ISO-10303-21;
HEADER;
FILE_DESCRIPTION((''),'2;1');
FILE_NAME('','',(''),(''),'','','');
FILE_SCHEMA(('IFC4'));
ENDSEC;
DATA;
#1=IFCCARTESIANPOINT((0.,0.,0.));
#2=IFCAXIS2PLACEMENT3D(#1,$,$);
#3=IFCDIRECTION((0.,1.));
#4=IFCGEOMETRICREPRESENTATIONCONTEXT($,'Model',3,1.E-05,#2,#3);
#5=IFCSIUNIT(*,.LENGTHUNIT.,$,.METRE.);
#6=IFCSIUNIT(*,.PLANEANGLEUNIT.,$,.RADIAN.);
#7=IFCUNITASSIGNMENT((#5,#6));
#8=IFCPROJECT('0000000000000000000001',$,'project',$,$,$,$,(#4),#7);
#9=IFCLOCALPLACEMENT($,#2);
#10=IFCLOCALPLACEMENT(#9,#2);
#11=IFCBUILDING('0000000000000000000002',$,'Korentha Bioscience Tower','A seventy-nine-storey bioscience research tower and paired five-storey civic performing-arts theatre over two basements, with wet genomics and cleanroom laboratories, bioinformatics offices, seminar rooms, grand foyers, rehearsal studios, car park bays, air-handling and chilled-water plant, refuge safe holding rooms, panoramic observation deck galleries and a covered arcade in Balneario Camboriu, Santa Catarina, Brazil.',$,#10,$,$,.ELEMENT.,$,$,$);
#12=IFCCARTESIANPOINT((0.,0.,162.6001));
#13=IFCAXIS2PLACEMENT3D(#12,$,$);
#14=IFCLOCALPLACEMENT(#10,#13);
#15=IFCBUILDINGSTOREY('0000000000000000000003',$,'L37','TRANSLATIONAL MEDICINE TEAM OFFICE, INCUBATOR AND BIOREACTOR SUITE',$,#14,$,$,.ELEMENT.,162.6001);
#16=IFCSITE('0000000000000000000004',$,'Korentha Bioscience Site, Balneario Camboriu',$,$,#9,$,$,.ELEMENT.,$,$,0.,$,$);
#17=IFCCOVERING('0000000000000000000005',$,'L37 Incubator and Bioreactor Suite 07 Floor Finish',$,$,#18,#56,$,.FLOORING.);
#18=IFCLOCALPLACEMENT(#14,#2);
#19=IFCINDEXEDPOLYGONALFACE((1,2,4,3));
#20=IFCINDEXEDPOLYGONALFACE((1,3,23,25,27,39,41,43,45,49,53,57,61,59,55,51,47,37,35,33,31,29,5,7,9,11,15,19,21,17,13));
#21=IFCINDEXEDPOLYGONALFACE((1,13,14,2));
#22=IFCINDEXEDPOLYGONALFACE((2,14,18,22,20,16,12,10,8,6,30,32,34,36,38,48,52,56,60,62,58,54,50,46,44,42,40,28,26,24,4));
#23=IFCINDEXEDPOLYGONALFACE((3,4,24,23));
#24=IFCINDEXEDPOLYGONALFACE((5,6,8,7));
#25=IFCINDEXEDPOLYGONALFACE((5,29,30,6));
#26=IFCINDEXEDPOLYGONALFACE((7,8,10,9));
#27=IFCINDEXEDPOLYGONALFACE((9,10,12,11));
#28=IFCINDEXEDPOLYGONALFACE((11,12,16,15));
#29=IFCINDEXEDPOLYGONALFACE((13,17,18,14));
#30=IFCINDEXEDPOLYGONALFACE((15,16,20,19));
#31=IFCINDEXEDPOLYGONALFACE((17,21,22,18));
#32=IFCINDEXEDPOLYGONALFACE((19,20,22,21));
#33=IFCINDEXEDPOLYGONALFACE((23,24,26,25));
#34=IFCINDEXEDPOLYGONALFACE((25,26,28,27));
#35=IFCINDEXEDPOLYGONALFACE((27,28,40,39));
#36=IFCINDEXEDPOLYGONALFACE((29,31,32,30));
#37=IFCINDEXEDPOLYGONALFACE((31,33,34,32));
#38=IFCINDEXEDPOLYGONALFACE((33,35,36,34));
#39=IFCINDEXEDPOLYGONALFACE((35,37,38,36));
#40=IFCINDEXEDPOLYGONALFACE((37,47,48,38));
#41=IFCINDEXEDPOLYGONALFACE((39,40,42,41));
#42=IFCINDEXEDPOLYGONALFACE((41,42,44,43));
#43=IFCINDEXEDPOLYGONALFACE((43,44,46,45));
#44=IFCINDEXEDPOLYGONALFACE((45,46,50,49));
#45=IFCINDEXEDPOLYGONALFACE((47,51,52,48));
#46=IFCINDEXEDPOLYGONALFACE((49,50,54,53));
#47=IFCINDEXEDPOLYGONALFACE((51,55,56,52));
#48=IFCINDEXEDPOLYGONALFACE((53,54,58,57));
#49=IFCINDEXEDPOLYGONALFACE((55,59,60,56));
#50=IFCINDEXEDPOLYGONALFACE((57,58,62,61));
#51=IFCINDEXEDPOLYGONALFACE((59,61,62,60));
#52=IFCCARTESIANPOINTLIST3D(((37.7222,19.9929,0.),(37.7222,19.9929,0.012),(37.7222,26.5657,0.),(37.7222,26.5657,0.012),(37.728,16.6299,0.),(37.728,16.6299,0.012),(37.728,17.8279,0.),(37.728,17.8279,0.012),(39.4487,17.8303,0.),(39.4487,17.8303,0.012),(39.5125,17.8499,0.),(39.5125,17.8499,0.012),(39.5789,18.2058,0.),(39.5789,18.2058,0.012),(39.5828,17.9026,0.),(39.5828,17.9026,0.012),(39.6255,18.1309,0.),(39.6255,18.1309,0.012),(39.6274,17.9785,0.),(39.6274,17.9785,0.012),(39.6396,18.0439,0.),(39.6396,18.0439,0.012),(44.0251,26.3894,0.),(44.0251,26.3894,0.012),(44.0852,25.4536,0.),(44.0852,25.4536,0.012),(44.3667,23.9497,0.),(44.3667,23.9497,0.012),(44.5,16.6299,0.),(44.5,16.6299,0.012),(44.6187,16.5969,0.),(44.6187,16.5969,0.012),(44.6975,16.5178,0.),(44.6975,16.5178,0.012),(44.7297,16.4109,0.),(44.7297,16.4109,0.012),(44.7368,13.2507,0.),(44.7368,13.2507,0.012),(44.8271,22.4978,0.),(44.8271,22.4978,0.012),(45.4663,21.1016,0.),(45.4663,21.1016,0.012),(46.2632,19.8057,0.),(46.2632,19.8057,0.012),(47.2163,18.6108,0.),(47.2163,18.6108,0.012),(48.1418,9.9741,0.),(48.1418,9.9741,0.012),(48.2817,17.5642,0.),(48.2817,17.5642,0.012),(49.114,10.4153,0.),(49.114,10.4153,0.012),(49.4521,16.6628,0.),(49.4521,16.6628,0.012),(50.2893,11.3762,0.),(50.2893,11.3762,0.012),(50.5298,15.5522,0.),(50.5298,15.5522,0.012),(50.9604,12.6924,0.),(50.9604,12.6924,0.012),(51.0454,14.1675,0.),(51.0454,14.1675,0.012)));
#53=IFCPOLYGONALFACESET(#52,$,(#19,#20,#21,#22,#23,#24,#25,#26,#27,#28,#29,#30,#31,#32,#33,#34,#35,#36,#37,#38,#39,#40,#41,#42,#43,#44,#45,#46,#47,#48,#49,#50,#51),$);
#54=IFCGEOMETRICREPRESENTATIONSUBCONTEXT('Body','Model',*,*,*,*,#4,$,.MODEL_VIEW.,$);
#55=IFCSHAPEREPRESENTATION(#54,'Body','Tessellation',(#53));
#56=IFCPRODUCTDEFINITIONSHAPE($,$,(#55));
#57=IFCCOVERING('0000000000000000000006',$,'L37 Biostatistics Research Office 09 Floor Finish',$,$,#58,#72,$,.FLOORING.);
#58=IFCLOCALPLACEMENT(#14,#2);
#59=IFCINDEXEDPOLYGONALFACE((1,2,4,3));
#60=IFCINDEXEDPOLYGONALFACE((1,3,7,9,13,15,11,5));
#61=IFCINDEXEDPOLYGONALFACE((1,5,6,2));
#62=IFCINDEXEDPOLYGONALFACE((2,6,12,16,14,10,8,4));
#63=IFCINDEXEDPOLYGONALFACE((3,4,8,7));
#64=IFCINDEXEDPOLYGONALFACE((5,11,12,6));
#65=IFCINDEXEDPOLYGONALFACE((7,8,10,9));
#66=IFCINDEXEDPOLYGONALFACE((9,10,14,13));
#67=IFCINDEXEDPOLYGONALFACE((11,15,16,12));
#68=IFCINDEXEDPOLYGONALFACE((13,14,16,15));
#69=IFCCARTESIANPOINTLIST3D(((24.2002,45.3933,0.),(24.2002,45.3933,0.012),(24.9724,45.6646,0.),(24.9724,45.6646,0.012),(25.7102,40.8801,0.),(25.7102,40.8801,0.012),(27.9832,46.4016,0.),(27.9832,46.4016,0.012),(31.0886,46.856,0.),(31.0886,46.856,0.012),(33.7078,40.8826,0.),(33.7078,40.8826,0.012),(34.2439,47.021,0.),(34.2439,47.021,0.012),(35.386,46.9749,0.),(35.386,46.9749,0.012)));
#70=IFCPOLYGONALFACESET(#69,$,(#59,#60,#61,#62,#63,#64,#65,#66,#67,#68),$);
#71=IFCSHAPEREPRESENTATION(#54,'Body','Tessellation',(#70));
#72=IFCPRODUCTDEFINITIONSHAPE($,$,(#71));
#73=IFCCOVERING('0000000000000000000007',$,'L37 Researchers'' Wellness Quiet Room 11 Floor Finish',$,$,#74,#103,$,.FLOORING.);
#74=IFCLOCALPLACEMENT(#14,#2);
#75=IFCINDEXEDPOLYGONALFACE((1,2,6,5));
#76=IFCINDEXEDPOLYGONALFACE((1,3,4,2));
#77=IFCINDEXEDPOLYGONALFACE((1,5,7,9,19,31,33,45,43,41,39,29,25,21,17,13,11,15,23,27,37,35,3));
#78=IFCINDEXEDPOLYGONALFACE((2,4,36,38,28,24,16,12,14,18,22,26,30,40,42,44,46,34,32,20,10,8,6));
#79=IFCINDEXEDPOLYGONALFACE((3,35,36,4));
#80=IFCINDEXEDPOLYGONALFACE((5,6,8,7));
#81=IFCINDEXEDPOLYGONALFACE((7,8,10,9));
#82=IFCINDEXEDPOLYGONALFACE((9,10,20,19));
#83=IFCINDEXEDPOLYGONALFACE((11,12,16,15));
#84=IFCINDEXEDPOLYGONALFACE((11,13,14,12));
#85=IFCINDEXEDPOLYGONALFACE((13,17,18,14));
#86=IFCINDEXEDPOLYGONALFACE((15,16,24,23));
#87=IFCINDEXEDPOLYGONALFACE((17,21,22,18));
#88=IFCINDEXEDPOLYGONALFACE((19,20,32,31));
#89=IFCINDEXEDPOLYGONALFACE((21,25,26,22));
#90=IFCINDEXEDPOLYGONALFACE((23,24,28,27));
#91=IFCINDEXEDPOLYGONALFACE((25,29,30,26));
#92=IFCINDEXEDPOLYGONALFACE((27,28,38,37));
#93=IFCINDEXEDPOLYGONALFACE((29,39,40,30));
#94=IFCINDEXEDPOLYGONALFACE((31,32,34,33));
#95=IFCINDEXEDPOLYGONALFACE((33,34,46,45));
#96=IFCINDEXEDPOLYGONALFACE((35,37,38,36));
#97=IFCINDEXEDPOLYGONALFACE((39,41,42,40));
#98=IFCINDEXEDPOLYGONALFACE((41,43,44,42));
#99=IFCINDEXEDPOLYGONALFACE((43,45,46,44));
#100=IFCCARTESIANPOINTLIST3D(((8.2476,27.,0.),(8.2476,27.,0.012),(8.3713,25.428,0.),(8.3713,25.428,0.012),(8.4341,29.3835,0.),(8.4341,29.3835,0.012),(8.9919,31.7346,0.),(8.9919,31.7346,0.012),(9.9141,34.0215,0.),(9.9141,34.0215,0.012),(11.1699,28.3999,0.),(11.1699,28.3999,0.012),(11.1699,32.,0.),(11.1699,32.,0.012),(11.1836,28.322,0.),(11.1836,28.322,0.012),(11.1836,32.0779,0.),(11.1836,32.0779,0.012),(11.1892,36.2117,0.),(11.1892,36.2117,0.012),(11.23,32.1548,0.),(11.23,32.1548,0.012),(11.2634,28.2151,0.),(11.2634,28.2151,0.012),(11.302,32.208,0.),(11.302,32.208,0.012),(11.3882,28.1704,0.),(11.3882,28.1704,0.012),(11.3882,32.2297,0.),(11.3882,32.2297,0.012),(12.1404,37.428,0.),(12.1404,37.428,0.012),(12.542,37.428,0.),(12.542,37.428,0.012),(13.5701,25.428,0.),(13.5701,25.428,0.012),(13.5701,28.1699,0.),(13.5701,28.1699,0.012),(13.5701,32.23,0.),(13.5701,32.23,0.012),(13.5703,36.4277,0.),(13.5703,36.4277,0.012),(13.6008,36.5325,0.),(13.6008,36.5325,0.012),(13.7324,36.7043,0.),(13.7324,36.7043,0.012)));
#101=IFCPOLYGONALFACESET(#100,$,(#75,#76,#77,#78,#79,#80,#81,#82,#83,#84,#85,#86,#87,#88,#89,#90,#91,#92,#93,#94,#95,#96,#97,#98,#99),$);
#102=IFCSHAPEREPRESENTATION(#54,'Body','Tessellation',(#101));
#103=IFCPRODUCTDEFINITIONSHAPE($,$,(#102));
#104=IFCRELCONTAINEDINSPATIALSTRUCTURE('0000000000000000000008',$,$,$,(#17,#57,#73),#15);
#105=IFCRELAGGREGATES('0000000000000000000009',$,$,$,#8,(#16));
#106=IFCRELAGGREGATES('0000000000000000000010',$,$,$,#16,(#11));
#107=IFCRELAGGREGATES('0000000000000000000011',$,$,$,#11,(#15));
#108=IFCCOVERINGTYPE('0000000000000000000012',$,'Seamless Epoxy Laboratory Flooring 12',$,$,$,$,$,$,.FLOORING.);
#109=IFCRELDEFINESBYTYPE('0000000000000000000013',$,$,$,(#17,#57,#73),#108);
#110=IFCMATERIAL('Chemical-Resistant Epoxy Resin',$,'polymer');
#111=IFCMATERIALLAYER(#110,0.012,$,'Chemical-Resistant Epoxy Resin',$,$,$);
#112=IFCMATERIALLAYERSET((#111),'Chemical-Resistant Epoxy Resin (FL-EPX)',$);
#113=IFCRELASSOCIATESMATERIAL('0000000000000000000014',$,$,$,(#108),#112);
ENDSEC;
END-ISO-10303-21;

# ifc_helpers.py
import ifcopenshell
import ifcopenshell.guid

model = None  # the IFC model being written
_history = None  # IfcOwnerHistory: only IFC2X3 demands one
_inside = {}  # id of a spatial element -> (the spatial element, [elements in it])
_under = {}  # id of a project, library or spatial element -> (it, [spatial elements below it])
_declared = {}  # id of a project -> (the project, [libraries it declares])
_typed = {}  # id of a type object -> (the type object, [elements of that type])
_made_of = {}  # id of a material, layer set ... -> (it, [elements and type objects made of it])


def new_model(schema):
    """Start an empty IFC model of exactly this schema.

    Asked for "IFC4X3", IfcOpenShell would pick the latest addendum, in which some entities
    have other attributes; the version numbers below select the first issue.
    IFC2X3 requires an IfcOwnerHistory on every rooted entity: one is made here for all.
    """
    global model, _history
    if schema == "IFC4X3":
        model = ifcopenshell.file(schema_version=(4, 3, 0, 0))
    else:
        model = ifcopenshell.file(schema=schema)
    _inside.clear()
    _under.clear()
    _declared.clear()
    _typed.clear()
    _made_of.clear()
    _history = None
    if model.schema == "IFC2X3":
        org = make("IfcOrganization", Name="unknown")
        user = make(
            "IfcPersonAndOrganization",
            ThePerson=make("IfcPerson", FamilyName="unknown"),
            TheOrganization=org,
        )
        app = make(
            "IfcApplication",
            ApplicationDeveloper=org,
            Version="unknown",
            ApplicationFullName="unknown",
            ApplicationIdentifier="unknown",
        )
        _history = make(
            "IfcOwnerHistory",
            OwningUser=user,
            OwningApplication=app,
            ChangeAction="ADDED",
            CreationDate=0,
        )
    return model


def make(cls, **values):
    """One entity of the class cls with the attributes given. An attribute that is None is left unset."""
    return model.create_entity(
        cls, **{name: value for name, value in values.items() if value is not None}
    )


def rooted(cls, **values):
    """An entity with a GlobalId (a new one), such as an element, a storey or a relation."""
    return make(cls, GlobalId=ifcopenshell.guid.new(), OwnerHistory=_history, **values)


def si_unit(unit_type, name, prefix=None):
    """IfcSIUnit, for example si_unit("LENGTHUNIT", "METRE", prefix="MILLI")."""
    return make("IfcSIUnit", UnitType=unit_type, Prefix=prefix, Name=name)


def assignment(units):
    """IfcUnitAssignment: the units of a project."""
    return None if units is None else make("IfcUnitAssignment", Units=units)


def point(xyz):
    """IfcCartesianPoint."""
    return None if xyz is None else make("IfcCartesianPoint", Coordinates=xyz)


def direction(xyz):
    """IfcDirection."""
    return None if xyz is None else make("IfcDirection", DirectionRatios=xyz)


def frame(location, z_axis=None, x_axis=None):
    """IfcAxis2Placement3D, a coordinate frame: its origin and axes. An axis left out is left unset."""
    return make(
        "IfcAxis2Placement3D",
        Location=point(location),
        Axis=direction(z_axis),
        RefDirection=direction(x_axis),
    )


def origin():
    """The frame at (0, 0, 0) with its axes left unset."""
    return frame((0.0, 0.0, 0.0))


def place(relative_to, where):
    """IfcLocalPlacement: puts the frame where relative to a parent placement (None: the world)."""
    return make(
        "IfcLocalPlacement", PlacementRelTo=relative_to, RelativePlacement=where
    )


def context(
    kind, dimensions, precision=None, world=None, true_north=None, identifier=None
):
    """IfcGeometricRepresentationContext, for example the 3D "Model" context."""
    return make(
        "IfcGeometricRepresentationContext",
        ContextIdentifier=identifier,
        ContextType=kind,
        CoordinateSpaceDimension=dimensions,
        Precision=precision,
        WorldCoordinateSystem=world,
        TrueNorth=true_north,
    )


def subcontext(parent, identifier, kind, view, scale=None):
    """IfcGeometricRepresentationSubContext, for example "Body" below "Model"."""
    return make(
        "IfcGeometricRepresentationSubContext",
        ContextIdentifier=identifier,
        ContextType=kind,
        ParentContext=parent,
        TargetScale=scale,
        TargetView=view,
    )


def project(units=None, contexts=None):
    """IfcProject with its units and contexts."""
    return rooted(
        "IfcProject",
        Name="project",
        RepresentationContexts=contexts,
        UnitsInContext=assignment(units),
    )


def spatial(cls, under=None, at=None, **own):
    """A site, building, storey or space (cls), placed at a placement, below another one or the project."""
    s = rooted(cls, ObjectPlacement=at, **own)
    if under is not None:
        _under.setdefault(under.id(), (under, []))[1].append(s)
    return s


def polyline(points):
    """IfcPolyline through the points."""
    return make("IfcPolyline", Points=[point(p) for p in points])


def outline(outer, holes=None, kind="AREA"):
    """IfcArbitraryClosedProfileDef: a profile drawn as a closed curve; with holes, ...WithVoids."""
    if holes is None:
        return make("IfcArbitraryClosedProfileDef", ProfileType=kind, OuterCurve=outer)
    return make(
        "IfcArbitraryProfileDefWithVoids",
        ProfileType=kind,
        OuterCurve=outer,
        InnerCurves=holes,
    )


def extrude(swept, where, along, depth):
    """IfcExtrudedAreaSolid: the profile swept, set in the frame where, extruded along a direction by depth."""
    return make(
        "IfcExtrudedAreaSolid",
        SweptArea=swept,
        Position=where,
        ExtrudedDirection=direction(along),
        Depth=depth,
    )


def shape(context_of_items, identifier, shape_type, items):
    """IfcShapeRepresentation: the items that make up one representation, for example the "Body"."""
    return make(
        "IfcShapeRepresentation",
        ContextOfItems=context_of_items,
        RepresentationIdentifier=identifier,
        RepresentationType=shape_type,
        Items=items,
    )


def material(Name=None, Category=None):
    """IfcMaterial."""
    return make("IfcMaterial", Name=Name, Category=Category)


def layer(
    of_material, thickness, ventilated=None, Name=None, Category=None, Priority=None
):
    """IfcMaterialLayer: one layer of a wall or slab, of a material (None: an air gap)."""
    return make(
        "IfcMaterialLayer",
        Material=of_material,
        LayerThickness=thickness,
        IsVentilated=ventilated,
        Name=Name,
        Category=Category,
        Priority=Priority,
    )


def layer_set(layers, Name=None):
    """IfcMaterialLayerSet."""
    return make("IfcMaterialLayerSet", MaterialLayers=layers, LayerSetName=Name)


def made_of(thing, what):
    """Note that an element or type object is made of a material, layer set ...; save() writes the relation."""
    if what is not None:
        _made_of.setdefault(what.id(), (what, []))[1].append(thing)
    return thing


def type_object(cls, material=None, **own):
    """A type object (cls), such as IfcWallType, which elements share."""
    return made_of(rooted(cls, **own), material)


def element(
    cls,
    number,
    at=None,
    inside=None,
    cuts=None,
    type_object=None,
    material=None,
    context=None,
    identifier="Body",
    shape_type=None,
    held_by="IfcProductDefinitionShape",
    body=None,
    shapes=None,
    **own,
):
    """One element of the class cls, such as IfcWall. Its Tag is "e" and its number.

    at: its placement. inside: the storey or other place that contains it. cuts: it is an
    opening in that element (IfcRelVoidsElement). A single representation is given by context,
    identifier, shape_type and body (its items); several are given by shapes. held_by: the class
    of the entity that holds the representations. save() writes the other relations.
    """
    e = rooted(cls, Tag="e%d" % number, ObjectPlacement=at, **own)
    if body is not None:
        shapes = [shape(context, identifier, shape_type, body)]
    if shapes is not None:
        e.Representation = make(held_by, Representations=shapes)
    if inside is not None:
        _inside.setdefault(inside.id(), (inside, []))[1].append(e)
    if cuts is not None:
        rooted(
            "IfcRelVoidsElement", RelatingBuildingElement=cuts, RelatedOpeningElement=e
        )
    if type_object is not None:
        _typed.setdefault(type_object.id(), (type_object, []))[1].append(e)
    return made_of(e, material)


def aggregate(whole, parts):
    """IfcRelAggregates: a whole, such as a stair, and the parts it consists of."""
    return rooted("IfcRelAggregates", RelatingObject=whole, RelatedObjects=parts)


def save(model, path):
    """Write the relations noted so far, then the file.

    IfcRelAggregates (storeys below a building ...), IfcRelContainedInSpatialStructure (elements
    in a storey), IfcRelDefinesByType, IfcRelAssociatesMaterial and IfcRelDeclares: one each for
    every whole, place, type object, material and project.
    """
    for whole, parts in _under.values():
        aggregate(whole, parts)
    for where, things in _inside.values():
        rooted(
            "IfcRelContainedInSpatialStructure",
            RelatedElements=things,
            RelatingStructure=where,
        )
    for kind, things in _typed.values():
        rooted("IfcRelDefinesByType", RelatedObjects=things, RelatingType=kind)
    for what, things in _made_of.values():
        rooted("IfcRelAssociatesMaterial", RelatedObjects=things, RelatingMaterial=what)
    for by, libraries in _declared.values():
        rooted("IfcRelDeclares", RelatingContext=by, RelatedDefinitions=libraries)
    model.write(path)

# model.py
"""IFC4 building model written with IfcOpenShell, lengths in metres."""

from ifc_helpers import new_model, si_unit, direction, frame, origin, place, context, subcontext, project, spatial, polyline, outline, extrude, material, layer, layer_set, type_object, element, save


model = new_model("IFC4")

# Units and contexts
model_context = context("Model", 3, precision=1e-05, world=origin(), true_north=direction((0.0, 1.0)))
body_context = subcontext(model_context, "Body", "Model", "MODEL_VIEW")
ifc_project = project(units=[si_unit("LENGTHUNIT", "METRE"), si_unit("PLANEANGLEUNIT", "RADIAN")], contexts=[model_context])

# Site, building, storey
site_placement = place(None, origin())
site = spatial("IfcSite", under=ifc_project, at=site_placement, Name="Korentha Bioscience Site, Balneario Camboriu", CompositionType="ELEMENT", RefElevation=0.0)
building_placement = place(site_placement, origin())
building = spatial("IfcBuilding", under=site, at=building_placement, Name="Korentha Bioscience Tower", Description="A seventy-nine-storey bioscience research tower and paired five-storey civic performing-arts theatre over two basements, with wet genomics and cleanroom laboratories, bioinformatics offices, seminar rooms, grand foyers, rehearsal studios, car park bays, air-handling and chilled-water plant, refuge safe holding rooms, panoramic observation deck galleries and a covered arcade in Balneario Camboriu, Santa Catarina, Brazil.", CompositionType="ELEMENT")
storey_placement = place(building_placement, frame((0.0, 0.0, 162.6001)))
storey = spatial("IfcBuildingStorey", under=building, at=storey_placement, Name="L37", Description="TRANSLATIONAL MEDICINE TEAM OFFICE, INCUBATOR AND BIOREACTOR SUITE", CompositionType="ELEMENT", Elevation=162.6001)

# Coverings
ifc_material_1 = material(Name="Chemical-Resistant Epoxy Resin", Category="polymer")
ifc_layer_1 = layer(ifc_material_1, 0.012, Name="Chemical-Resistant Epoxy Resin")
ifc_layer_set_1 = layer_set([ifc_layer_1], Name="Chemical-Resistant Epoxy Resin (FL-EPX)")
covering_type_1 = type_object("IfcCoveringType", Name="Seamless Epoxy Laboratory Flooring 12", PredefinedType="FLOORING", material=ifc_layer_set_1)
covering_1_placement = place(storey_placement, origin())
element("IfcCovering", 1, at=covering_1_placement, inside=storey, type_object=covering_type_1, Name="L37 Incubator and Bioreactor Suite 07 Floor Finish", PredefinedType="FLOORING", context=body_context, shape_type="SweptSolid", body=[
    extrude(outline(polyline([(44.0251, 26.3894), (44.0852, 25.4536), (44.3667, 23.9497), (44.8271, 22.4978), (45.4663, 21.1016), (46.2632, 19.8057), (47.2163, 18.6108), (48.2817, 17.5642), (49.4521, 16.6628), (50.5298, 15.5522), (51.0454, 14.1675), (50.9604, 12.6924), (50.2893, 11.3762), (49.114, 10.4153), (48.1418, 9.9741), (44.7368, 13.2507), (44.7297, 16.4109), (44.6975, 16.5178), (44.6187, 16.5969), (44.5, 16.6299), (37.728, 16.6299), (37.728, 17.8279), (39.4487, 17.8303), (39.5125, 17.8499), (39.5828, 17.9026), (39.6274, 17.9785), (39.6396, 18.0439), (39.6255, 18.1309), (39.5789, 18.2058), (37.7222, 19.9929), (37.7222, 26.5657), (44.0251, 26.3894)])), origin(), (0.0, 0.0, 1.0), 0.012),
])
covering_2_placement = place(storey_placement, origin())
element("IfcCovering", 2, at=covering_2_placement, inside=storey, type_object=covering_type_1, Name="L37 Biostatistics Research Office 09 Floor Finish", PredefinedType="FLOORING", context=body_context, shape_type="SweptSolid", body=[
    extrude(outline(polyline([(31.0886, 46.856), (34.2439, 47.021), (35.386, 46.9749), (33.7078, 40.8826), (25.7102, 40.8801), (24.2002, 45.3933), (24.9724, 45.6646), (27.9832, 46.4016), (31.0886, 46.856)])), origin(), (0.0, 0.0, 1.0), 0.012),
])
covering_3_placement = place(storey_placement, origin())
element("IfcCovering", 3, at=covering_3_placement, inside=storey, type_object=covering_type_1, Name="L37 Researchers' Wellness Quiet Room 11 Floor Finish", PredefinedType="FLOORING", context=body_context, shape_type="SweptSolid", body=[
    extrude(outline(polyline([(8.9919, 31.7346), (9.9141, 34.0215), (11.1892, 36.2117), (12.1404, 37.428), (12.542, 37.428), (13.7324, 36.7043), (13.6008, 36.5325), (13.5703, 36.4277), (13.5701, 32.23), (11.3882, 32.2297), (11.302, 32.208), (11.23, 32.1548), (11.1836, 32.0779), (11.1699, 32.0), (11.1699, 28.3999), (11.1836, 28.322), (11.2634, 28.2151), (11.3882, 28.1704), (13.5701, 28.1699), (13.5701, 25.428), (8.3713, 25.428), (8.2476, 27.0), (8.4341, 29.3835), (8.9919, 31.7346)])), origin(), (0.0, 0.0, 1.0), 0.012),
])

save(model, "model.ifc")
